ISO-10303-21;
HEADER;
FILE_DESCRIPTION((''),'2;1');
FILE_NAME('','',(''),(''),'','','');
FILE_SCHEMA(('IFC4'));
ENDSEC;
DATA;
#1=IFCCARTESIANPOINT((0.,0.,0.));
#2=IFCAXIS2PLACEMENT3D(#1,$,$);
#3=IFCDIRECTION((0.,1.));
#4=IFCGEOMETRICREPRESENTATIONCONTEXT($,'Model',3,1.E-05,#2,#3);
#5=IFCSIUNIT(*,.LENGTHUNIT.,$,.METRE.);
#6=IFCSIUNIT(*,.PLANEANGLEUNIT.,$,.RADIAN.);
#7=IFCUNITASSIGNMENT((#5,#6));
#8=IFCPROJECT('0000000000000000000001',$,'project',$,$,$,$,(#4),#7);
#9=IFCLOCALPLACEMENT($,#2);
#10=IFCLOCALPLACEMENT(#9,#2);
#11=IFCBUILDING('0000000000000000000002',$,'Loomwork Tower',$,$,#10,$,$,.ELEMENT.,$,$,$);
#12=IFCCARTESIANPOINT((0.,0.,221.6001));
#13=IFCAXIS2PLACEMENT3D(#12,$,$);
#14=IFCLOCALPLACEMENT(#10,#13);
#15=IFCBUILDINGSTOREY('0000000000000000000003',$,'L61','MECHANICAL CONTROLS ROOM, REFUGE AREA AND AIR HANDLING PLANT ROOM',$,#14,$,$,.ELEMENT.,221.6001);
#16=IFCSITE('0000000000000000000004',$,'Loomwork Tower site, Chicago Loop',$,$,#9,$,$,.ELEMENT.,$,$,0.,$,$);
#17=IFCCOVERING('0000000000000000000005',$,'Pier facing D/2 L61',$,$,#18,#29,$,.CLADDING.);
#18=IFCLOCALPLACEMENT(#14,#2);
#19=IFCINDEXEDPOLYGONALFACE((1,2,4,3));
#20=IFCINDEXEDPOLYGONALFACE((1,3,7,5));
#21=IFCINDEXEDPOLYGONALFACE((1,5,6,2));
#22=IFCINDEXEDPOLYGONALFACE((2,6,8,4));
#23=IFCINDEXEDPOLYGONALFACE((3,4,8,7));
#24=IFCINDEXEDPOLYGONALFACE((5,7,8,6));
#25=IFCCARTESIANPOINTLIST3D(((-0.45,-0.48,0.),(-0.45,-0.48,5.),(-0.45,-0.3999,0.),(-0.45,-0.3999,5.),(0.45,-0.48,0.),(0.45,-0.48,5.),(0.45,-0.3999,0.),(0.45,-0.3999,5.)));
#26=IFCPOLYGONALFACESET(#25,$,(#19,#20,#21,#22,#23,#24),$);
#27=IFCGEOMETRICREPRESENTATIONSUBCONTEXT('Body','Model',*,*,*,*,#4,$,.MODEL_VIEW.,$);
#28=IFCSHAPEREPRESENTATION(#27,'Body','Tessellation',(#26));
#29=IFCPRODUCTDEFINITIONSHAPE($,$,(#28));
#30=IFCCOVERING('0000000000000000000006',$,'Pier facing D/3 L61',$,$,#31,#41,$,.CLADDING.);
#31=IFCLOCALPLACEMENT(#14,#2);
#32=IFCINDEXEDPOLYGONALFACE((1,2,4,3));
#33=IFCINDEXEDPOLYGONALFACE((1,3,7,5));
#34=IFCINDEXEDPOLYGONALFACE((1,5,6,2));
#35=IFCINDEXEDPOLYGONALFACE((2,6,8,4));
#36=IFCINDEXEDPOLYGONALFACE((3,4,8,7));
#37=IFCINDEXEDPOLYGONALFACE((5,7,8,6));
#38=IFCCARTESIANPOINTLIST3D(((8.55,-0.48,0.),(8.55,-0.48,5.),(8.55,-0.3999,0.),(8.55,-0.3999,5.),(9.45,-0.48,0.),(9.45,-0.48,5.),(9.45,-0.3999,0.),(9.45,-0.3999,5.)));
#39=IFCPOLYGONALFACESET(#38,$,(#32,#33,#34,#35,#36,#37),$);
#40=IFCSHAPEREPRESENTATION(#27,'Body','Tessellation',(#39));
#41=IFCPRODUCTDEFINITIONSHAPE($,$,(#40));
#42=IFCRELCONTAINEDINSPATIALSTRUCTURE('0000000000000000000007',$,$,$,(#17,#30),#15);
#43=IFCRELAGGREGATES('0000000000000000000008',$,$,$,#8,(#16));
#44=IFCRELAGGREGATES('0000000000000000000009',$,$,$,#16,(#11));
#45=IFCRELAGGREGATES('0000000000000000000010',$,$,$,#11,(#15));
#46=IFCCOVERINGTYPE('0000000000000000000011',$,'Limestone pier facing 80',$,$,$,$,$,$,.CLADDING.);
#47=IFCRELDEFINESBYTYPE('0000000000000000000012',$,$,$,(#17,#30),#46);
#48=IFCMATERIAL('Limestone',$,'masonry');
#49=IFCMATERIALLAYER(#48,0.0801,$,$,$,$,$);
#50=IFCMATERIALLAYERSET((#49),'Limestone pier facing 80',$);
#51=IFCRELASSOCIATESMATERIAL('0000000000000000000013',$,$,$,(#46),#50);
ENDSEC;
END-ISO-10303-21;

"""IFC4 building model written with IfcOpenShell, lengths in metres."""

from ifc_helpers import new_model, si_unit, direction, frame, origin, origin_2d, place, context, subcontext, project, spatial, rectangle, extrude, material, layer, layer_set, type_object, element, save


model = new_model("IFC4")

# Units and contexts
model_context = context("Model", 3, precision=1e-05, world=origin(), true_north=direction((0.0, 1.0)))
body_context = subcontext(model_context, "Body", "Model", "MODEL_VIEW")
ifc_project = project(units=[si_unit("LENGTHUNIT", "METRE"), si_unit("PLANEANGLEUNIT", "RADIAN")], contexts=[model_context])

# Site, building, storey
site_placement = place(None, origin())
site = spatial("IfcSite", under=ifc_project, at=site_placement, Name="Loomwork Tower site, Chicago Loop", CompositionType="ELEMENT", RefElevation=0.0)
building_placement = place(site_placement, origin())
building = spatial("IfcBuilding", under=site, at=building_placement, Name="Loomwork Tower", CompositionType="ELEMENT")
storey_placement = place(building_placement, frame((0.0, 0.0, 221.6001)))
storey = spatial("IfcBuildingStorey", under=building, at=storey_placement, Name="L61", Description="MECHANICAL CONTROLS ROOM, REFUGE AREA AND AIR HANDLING PLANT ROOM", CompositionType="ELEMENT", Elevation=221.6001)

# Coverings
ifc_material_1 = material(Name="Limestone", Category="masonry")
ifc_layer_1 = layer(ifc_material_1, 0.0801)
ifc_layer_set_1 = layer_set([ifc_layer_1], Name="Limestone pier facing 80")
covering_type = type_object("IfcCoveringType", Name="Limestone pier facing 80", PredefinedType="CLADDING", material=ifc_layer_set_1)
for number, where, z_axis, x_axis, name in (
    (1, (0.0, -0.4399, 0.0), (0.0, 0.0, 1.0), (1.0, 0.0, 0.0), "Pier facing D/2 L61"),
    (2, (9.0, -0.4399, 0.0), (0.0, 0.0, 1.0), (1.0, 0.0, 0.0), "Pier facing D/3 L61"),
):
    element("IfcCovering", number, at=place(storey_placement, frame(where, z_axis=z_axis, x_axis=x_axis)), inside=storey, type_object=covering_type, Name=name, PredefinedType="CLADDING", context=body_context, shape_type="SweptSolid", body=[
        extrude(rectangle(XDim=0.8999, YDim=0.0801, at=origin_2d()), origin(), (0.0, 0.0, 1.0), 5.0),
    ])

save(model, "model.ifc")
